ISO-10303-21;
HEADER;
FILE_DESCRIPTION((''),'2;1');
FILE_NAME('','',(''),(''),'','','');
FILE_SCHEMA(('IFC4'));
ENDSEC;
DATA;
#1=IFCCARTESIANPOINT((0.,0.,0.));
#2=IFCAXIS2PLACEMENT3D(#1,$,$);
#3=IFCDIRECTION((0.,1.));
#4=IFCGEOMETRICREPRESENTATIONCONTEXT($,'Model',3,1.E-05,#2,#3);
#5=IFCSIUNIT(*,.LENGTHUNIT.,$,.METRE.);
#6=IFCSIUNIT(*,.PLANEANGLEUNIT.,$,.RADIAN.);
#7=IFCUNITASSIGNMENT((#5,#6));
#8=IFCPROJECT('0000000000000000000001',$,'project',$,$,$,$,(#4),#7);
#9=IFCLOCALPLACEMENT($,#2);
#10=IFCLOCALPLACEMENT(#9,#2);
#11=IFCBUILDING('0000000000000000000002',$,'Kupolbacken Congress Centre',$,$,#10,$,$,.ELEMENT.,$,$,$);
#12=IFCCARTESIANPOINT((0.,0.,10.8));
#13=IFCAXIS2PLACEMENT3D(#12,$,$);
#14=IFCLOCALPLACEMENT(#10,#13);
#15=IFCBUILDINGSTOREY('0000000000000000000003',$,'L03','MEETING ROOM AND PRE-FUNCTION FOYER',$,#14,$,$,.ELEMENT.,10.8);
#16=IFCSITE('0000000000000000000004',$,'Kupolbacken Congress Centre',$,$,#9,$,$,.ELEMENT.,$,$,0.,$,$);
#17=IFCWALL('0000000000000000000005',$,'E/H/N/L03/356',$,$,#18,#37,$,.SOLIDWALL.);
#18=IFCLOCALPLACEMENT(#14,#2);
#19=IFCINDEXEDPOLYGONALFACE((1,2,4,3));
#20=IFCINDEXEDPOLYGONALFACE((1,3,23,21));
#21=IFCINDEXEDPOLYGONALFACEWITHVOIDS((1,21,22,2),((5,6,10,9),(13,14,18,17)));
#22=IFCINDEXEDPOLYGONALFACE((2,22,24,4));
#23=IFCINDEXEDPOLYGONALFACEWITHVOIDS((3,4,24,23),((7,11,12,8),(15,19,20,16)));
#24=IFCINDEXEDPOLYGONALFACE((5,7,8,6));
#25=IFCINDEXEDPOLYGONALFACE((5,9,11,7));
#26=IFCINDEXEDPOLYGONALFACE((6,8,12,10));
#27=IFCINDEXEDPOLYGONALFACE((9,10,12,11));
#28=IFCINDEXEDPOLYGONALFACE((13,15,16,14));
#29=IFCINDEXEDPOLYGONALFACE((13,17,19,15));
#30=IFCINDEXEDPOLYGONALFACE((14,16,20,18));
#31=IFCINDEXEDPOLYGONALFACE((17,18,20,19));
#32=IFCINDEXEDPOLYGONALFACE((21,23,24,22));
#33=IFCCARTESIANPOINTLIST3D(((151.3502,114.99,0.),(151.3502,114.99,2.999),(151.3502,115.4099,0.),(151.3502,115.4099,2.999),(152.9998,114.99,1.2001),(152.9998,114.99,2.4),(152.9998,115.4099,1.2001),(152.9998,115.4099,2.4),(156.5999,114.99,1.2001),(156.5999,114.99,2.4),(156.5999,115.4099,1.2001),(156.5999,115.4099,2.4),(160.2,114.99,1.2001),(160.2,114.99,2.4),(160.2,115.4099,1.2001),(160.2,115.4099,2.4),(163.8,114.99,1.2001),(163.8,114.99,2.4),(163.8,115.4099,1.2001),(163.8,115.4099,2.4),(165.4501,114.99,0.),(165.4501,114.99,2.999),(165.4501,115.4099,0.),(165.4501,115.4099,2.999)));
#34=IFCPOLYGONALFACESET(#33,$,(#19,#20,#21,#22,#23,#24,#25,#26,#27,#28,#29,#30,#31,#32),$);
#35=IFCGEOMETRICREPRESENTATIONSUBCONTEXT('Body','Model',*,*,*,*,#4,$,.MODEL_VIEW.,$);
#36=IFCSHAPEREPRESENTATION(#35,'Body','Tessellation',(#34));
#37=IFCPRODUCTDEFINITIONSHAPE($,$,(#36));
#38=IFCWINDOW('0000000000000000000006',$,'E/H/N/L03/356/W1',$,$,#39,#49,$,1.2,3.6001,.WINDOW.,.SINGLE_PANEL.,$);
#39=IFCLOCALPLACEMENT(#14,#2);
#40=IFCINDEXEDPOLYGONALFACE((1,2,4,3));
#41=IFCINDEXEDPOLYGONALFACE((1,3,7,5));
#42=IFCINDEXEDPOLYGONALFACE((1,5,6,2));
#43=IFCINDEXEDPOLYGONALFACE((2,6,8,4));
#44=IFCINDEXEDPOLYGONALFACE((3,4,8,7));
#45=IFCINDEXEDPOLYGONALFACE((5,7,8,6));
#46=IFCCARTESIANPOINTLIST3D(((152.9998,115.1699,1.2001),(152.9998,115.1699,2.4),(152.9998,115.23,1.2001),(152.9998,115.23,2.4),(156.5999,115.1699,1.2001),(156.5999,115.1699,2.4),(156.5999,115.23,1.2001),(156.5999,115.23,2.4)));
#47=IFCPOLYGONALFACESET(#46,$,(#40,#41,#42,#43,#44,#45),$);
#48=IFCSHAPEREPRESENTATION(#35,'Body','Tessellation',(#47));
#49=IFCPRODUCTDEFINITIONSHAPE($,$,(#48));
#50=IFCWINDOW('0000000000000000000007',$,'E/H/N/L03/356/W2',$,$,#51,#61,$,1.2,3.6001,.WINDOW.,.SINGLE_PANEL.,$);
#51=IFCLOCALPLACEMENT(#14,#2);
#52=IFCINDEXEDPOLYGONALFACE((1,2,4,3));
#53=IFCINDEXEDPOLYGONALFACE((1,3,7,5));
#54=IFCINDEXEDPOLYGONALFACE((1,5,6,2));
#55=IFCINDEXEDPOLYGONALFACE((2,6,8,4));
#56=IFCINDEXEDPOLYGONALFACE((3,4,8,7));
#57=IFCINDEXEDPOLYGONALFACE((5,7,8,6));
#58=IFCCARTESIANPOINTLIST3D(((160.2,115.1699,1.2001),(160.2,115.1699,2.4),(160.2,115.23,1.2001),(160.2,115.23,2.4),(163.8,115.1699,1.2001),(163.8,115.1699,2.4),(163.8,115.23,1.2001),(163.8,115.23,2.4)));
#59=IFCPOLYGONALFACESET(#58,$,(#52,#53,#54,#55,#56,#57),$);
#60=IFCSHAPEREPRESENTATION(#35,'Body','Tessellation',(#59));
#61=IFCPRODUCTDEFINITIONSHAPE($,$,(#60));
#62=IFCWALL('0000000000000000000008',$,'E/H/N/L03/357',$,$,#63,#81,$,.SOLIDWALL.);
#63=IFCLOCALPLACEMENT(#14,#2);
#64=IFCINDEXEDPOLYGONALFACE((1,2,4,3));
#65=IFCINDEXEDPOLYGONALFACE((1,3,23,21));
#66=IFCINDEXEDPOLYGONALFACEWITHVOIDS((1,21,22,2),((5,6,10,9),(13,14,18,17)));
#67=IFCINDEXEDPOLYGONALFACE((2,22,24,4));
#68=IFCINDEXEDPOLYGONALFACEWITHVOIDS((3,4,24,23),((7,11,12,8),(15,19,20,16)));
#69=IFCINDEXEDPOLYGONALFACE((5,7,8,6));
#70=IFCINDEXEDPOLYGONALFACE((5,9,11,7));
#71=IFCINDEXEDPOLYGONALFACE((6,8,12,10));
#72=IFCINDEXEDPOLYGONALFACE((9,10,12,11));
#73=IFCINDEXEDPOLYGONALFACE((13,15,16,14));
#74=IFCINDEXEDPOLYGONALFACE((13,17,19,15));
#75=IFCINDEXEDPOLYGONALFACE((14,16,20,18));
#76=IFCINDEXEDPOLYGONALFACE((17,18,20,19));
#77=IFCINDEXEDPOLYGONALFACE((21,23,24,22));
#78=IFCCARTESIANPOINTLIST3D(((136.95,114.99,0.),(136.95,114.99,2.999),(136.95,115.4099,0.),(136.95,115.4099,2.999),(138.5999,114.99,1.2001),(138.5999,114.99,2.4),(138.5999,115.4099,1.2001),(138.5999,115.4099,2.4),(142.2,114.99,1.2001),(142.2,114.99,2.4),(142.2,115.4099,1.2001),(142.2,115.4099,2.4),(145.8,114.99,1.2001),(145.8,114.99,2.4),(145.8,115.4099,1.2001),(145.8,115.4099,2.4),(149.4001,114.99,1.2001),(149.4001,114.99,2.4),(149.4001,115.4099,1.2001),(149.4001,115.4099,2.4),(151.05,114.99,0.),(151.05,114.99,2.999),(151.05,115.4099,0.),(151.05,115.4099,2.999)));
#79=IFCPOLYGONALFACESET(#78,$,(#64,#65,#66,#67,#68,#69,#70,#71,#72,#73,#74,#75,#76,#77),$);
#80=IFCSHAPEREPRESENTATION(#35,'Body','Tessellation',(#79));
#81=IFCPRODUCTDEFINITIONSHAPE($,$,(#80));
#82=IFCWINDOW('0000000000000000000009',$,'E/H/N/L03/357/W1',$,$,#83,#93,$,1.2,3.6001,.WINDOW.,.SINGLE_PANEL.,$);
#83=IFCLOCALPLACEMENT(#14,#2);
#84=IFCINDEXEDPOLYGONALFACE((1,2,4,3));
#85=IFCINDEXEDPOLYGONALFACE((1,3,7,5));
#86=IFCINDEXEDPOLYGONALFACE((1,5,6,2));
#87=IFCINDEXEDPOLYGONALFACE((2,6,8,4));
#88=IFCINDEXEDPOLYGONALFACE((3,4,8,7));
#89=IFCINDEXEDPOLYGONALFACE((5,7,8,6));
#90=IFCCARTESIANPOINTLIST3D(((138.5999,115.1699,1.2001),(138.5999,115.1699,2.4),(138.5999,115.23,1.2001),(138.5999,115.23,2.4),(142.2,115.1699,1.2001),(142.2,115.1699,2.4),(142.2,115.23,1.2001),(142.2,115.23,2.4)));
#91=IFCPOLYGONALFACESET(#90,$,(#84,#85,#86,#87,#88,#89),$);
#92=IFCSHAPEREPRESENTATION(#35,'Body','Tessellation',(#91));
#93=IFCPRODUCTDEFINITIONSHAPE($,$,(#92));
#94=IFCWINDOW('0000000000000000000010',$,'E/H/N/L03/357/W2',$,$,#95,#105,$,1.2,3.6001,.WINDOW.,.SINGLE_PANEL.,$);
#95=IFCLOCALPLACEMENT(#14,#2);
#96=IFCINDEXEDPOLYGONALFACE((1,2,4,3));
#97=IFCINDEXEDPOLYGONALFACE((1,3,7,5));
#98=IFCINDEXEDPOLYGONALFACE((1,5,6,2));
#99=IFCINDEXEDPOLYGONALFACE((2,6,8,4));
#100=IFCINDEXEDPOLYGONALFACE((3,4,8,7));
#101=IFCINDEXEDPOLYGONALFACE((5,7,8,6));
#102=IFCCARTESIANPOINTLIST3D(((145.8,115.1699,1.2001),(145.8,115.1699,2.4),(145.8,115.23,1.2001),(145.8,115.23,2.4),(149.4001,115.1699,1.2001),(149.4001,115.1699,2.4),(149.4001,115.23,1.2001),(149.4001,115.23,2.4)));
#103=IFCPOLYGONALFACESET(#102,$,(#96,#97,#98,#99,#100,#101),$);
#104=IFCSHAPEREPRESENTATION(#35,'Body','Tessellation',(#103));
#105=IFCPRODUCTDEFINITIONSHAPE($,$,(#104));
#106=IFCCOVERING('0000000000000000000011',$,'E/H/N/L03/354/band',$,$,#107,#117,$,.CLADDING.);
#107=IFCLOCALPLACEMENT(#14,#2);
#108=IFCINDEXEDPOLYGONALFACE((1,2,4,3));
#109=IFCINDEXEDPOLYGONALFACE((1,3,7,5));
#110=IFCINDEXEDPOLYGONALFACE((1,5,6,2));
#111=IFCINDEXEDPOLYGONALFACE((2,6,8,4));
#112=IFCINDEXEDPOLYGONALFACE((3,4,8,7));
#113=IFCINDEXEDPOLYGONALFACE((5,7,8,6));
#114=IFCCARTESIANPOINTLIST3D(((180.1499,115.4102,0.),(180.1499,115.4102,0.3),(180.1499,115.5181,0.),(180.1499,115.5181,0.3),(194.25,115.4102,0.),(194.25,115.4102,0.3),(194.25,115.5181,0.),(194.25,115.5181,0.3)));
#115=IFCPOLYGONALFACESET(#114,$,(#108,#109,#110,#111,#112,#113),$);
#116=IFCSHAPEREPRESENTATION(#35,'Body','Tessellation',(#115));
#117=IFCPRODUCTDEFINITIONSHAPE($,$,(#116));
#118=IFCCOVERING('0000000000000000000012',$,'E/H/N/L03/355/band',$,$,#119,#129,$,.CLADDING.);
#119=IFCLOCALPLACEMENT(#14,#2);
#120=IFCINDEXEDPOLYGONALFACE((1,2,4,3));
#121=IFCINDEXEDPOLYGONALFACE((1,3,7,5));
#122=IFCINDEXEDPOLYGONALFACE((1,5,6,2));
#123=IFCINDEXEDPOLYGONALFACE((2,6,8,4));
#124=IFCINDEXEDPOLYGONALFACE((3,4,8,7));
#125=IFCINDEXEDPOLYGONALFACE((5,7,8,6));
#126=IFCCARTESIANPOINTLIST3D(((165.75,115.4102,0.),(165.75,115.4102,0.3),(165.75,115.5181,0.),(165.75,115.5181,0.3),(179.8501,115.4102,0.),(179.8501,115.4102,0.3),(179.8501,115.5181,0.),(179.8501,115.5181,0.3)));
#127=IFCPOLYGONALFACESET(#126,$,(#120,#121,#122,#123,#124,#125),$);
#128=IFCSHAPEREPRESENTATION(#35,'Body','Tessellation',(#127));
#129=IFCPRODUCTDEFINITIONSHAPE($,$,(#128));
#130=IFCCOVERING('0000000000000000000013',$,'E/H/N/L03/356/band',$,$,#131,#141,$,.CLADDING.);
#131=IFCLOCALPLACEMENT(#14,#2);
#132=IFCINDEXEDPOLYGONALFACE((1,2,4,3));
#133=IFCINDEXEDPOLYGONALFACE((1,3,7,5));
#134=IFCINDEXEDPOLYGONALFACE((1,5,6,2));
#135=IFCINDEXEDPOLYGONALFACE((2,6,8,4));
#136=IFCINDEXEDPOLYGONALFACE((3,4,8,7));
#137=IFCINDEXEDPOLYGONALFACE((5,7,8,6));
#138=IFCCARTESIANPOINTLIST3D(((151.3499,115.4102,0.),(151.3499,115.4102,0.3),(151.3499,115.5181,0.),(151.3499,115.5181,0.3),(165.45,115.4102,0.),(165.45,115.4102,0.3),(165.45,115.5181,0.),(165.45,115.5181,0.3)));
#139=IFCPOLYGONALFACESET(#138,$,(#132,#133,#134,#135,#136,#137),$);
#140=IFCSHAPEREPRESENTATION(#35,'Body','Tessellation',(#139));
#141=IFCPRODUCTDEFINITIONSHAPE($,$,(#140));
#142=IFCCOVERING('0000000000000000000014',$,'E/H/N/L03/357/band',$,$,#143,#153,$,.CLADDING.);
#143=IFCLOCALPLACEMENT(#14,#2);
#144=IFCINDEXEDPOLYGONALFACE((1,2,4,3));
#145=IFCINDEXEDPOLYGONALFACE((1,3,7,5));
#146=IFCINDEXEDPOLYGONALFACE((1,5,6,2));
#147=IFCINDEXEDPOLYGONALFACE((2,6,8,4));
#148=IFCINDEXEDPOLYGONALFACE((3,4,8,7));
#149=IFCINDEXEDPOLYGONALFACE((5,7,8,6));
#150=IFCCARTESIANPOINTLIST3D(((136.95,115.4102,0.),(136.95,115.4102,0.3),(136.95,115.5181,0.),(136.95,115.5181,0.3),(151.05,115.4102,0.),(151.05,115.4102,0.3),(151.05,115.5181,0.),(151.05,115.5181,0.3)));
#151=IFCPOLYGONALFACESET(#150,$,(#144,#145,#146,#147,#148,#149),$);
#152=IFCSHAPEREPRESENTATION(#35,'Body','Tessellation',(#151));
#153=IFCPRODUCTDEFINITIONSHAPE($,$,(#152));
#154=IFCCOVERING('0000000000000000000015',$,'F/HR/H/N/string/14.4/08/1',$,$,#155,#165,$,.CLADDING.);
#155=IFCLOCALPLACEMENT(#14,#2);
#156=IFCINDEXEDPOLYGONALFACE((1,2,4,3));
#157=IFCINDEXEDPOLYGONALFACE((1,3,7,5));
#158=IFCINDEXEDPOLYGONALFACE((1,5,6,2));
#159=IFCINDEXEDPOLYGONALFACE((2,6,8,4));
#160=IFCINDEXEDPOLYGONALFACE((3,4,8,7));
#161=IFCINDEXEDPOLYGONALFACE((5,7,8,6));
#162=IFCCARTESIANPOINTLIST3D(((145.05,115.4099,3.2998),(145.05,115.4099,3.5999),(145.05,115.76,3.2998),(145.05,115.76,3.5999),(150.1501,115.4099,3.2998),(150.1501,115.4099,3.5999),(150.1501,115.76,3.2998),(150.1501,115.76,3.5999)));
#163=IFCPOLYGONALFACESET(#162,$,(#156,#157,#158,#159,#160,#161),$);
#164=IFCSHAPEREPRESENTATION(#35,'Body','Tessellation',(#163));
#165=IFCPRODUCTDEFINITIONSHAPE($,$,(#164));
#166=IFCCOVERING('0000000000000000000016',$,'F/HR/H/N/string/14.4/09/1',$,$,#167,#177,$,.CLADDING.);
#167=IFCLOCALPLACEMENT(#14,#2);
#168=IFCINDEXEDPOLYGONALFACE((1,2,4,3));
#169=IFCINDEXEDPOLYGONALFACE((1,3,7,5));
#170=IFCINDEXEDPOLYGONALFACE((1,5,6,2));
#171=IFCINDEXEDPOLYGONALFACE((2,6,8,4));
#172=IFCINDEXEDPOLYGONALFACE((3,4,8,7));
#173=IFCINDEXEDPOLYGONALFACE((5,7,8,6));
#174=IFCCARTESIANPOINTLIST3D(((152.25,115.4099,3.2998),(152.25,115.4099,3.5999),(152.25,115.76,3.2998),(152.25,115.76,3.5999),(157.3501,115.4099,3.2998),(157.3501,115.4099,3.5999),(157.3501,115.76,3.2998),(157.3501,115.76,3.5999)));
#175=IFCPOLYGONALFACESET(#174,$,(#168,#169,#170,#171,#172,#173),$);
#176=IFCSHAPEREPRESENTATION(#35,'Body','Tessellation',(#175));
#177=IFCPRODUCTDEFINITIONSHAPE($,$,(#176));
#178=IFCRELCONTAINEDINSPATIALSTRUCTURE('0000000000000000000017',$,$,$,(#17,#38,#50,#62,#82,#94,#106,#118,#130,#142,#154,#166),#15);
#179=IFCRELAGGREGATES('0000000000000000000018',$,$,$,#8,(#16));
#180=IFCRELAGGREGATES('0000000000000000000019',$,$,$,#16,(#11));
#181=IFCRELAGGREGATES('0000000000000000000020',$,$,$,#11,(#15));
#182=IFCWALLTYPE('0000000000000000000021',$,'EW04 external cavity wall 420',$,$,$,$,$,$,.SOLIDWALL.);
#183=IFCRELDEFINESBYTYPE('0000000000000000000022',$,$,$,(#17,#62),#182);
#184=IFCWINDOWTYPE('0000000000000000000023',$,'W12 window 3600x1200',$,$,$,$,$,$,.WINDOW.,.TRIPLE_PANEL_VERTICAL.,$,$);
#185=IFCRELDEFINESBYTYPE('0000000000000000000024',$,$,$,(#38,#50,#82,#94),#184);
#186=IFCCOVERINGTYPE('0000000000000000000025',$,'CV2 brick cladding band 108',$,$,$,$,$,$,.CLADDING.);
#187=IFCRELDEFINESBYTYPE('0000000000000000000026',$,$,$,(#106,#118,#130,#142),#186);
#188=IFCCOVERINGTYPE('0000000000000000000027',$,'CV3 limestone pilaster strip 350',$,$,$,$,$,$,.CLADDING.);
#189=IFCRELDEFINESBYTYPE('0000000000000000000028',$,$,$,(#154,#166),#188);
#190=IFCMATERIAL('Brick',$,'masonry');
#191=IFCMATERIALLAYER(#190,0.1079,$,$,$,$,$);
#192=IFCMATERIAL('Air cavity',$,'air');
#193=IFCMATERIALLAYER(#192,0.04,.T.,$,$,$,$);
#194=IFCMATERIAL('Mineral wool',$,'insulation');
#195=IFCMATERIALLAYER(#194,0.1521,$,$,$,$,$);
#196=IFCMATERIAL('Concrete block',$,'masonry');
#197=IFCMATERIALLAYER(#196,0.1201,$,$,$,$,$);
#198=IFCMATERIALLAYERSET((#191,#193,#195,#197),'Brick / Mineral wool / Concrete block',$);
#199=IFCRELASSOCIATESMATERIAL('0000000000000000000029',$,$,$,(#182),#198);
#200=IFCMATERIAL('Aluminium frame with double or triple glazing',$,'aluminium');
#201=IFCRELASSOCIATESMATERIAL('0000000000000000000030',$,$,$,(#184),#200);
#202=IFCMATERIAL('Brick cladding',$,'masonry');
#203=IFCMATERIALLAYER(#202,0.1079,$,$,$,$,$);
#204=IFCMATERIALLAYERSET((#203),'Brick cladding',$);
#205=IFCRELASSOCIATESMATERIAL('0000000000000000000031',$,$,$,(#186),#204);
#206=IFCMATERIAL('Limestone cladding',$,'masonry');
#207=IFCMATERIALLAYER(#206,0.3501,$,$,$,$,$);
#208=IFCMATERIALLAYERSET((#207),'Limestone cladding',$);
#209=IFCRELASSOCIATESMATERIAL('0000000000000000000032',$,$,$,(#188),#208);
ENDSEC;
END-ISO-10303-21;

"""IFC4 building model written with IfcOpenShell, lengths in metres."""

from ifc_helpers import new_model, si_unit, direction, frame, frame_2d, origin, origin_2d, place, context, subcontext, project, spatial, rectangle, extrude, material, layer, layer_set, type_object, element, fill, save


model = new_model("IFC4")

# Units and contexts
model_context = context("Model", 3, precision=1e-05, world=origin(), true_north=direction((0.0, 1.0)))
body_context = subcontext(model_context, "Body", "Model", "MODEL_VIEW")
ifc_project = project(units=[si_unit("LENGTHUNIT", "METRE"), si_unit("PLANEANGLEUNIT", "RADIAN")], contexts=[model_context])

# Site, building, storey
site_placement = place(None, origin())
site = spatial("IfcSite", under=ifc_project, at=site_placement, Name="Kupolbacken Congress Centre", CompositionType="ELEMENT", RefElevation=0.0)
building_placement = place(site_placement, origin())
building = spatial("IfcBuilding", under=site, at=building_placement, Name="Kupolbacken Congress Centre", CompositionType="ELEMENT")
storey_placement = place(building_placement, frame((0.0, 0.0, 10.8)))
storey = spatial("IfcBuildingStorey", under=building, at=storey_placement, Name="L03", Description="MEETING ROOM AND PRE-FUNCTION FOYER", CompositionType="ELEMENT", Elevation=10.8)

# Walls, openings, windows
ifc_material_1 = material(Name="Brick", Category="masonry")
ifc_layer_1 = layer(ifc_material_1, 0.1079)
ifc_material_2 = material(Name="Air cavity", Category="air")
ifc_layer_2 = layer(ifc_material_2, 0.04, ventilated=True)
ifc_material_3 = material(Name="Mineral wool", Category="insulation")
ifc_layer_3 = layer(ifc_material_3, 0.1521)
ifc_material_4 = material(Name="Concrete block", Category="masonry")
ifc_layer_4 = layer(ifc_material_4, 0.1201)
ifc_layer_set_1 = layer_set([ifc_layer_1, ifc_layer_2, ifc_layer_3, ifc_layer_4], Name="Brick / Mineral wool / Concrete block")
wall_type = type_object("IfcWallType", Name="EW04 external cavity wall 420", PredefinedType="SOLIDWALL", material=ifc_layer_set_1)
ifc_material_5 = material(Name="Aluminium frame with double or triple glazing", Category="aluminium")
window_type = type_object("IfcWindowType", Name="W12 window 3600x1200", PartitioningType="TRIPLE_PANEL_VERTICAL", PredefinedType="WINDOW", material=ifc_material_5)
wall_1_placement = place(storey_placement, frame((165.45, 115.2, 0.0), z_axis=(0.0, 0.0, 1.0), x_axis=(-1.0, 0.0, 0.0)))
wall_1 = element("IfcWall", 1, at=wall_1_placement, inside=storey, type_object=wall_type, Name="E/H/N/L03/356", PredefinedType="SOLIDWALL", context=body_context, shape_type="SweptSolid", body=[
    extrude(rectangle(XDim=14.0999, YDim=0.4199, at=frame_2d((7.0498, 0.0))), origin(), (0.0, 0.0, 1.0), 2.999),
])
opening_1_placement = place(wall_1_placement, frame((8.8501, 0.0, 1.2)))
opening_1 = element("IfcOpeningElement", 2, at=opening_1_placement, cuts=wall_1, PredefinedType="OPENING", context=body_context, shape_type="SweptSolid", body=[
    extrude(rectangle(XDim=3.6001, YDim=1.2, at=frame_2d((1.8, 0.6001))), frame((0.0, 0.22, 0.0), z_axis=(0.0, -1.0, 0.0), x_axis=(1.0, 0.0, 0.0)), (0.0, 0.0, 1.0), 0.4399),
])
opening_2_placement = place(wall_1_placement, frame((1.6499, 0.0, 1.2)))
opening_2 = element("IfcOpeningElement", 3, at=opening_2_placement, cuts=wall_1, PredefinedType="OPENING", context=body_context, shape_type="SweptSolid", body=[
    extrude(rectangle(XDim=3.6001, YDim=1.2, at=frame_2d((1.8, 0.6001))), frame((0.0, 0.22, 0.0), z_axis=(0.0, -1.0, 0.0), x_axis=(1.0, 0.0, 0.0)), (0.0, 0.0, 1.0), 0.4399),
])
window_1_placement = place(opening_1_placement, origin())
window_1 = element("IfcWindow", 4, at=window_1_placement, inside=storey, type_object=window_type, Name="E/H/N/L03/356/W1", OverallHeight=1.2, OverallWidth=3.6001, PartitioningType="SINGLE_PANEL", PredefinedType="WINDOW", context=body_context, shape_type="SweptSolid", body=[
    extrude(rectangle(XDim=3.6001, YDim=1.2, at=frame_2d((1.8, 0.6001))), frame((0.0, 0.03, 0.0), z_axis=(0.0, -1.0, 0.0), x_axis=(1.0, 0.0, 0.0)), (0.0, 0.0, 1.0), 0.0601),
])
fill(opening_1, window_1)
window_2_placement = place(opening_2_placement, origin())
window_2 = element("IfcWindow", 5, at=window_2_placement, inside=storey, type_object=window_type, Name="E/H/N/L03/356/W2", OverallHeight=1.2, OverallWidth=3.6001, PartitioningType="SINGLE_PANEL", PredefinedType="WINDOW", context=body_context, shape_type="SweptSolid", body=[
    extrude(rectangle(XDim=3.6001, YDim=1.2, at=frame_2d((1.8, 0.6001))), frame((0.0, 0.03, 0.0), z_axis=(0.0, -1.0, 0.0), x_axis=(1.0, 0.0, 0.0)), (0.0, 0.0, 1.0), 0.0601),
])
fill(opening_2, window_2)
wall_2_placement = place(storey_placement, frame((151.05, 115.2, 0.0), z_axis=(0.0, 0.0, 1.0), x_axis=(-1.0, 0.0, 0.0)))
wall_2 = element("IfcWall", 6, at=wall_2_placement, inside=storey, type_object=wall_type, Name="E/H/N/L03/357", PredefinedType="SOLIDWALL", context=body_context, shape_type="SweptSolid", body=[
    extrude(rectangle(XDim=14.1001, YDim=0.4199, at=frame_2d((7.05, 0.0))), origin(), (0.0, 0.0, 1.0), 2.999),
])
opening_3_placement = place(wall_2_placement, frame((8.8501, 0.0, 1.2)))
opening_3 = element("IfcOpeningElement", 7, at=opening_3_placement, cuts=wall_2, PredefinedType="OPENING", context=body_context, shape_type="SweptSolid", body=[
    extrude(rectangle(XDim=3.6001, YDim=1.2, at=frame_2d((1.8, 0.6001))), frame((0.0, 0.22, 0.0), z_axis=(0.0, -1.0, 0.0), x_axis=(1.0, 0.0, 0.0)), (0.0, 0.0, 1.0), 0.4399),
])
opening_4_placement = place(wall_2_placement, frame((1.6499, 0.0, 1.2)))
opening_4 = element("IfcOpeningElement", 8, at=opening_4_placement, cuts=wall_2, PredefinedType="OPENING", context=body_context, shape_type="SweptSolid", body=[
    extrude(rectangle(XDim=3.6001, YDim=1.2, at=frame_2d((1.8, 0.6001))), frame((0.0, 0.22, 0.0), z_axis=(0.0, -1.0, 0.0), x_axis=(1.0, 0.0, 0.0)), (0.0, 0.0, 1.0), 0.4399),
])
window_3_placement = place(opening_3_placement, origin())
window_3 = element("IfcWindow", 9, at=window_3_placement, inside=storey, type_object=window_type, Name="E/H/N/L03/357/W1", OverallHeight=1.2, OverallWidth=3.6001, PartitioningType="SINGLE_PANEL", PredefinedType="WINDOW", context=body_context, shape_type="SweptSolid", body=[
    extrude(rectangle(XDim=3.6001, YDim=1.2, at=frame_2d((1.8, 0.6001))), frame((0.0, 0.03, 0.0), z_axis=(0.0, -1.0, 0.0), x_axis=(1.0, 0.0, 0.0)), (0.0, 0.0, 1.0), 0.0601),
])
fill(opening_3, window_3)
window_4_placement = place(opening_4_placement, origin())
window_4 = element("IfcWindow", 10, at=window_4_placement, inside=storey, type_object=window_type, Name="E/H/N/L03/357/W2", OverallHeight=1.2, OverallWidth=3.6001, PartitioningType="SINGLE_PANEL", PredefinedType="WINDOW", context=body_context, shape_type="SweptSolid", body=[
    extrude(rectangle(XDim=3.6001, YDim=1.2, at=frame_2d((1.8, 0.6001))), frame((0.0, 0.03, 0.0), z_axis=(0.0, -1.0, 0.0), x_axis=(1.0, 0.0, 0.0)), (0.0, 0.0, 1.0), 0.0601),
])
fill(opening_4, window_4)

# Coverings
ifc_material_6 = material(Name="Brick cladding", Category="masonry")
ifc_layer_5 = layer(ifc_material_6, 0.1079)
ifc_layer_set_2 = layer_set([ifc_layer_5], Name="Brick cladding")
covering_type_1 = type_object("IfcCoveringType", Name="CV2 brick cladding band 108", PredefinedType="CLADDING", material=ifc_layer_set_2)
for number, where, z_axis, x_axis, name in (
    (11, (187.2, 115.4641, 0.0), (0.0, 0.0, 1.0), (-1.0, 0.0, 0.0), "E/H/N/L03/354/band"),
    (12, (172.8, 115.4641, 0.0), (0.0, 0.0, 1.0), (-1.0, 0.0, 0.0), "E/H/N/L03/355/band"),
    (13, (158.3999, 115.4641, 0.0), (0.0, 0.0, 1.0), (-1.0, 0.0, 0.0), "E/H/N/L03/356/band"),
    (14, (144.0, 115.4641, 0.0), (0.0, 0.0, 1.0), (-1.0, 0.0, 0.0), "E/H/N/L03/357/band"),
):
    element("IfcCovering", number, at=place(storey_placement, frame(where, z_axis=z_axis, x_axis=x_axis)), inside=storey, type_object=covering_type_1, Name=name, PredefinedType="CLADDING", context=body_context, shape_type="SweptSolid", body=[
        extrude(rectangle(XDim=14.1001, YDim=0.1079, at=origin_2d()), origin(), (0.0, 0.0, 1.0), 0.3),
    ])
ifc_material_7 = material(Name="Limestone cladding", Category="masonry")
ifc_layer_6 = layer(ifc_material_7, 0.3501)
ifc_layer_set_3 = layer_set([ifc_layer_6], Name="Limestone cladding")
covering_type_2 = type_object("IfcCoveringType", Name="CV3 limestone pilaster strip 350", PredefinedType="CLADDING", material=ifc_layer_set_3)
for number, where, z_axis, x_axis, name in (
    (15, (147.6001, 115.585, 3.2998), (0.0, 0.0, 1.0), (1.0, 0.0, 0.0), "F/HR/H/N/string/14.4/08/1"),
    (16, (154.8, 115.585, 3.2998), (0.0, 0.0, 1.0), (1.0, 0.0, 0.0), "F/HR/H/N/string/14.4/09/1"),
):
    element("IfcCovering", number, at=place(storey_placement, frame(where, z_axis=z_axis, x_axis=x_axis)), inside=storey, type_object=covering_type_2, Name=name, PredefinedType="CLADDING", context=body_context, shape_type="SweptSolid", body=[
        extrude(rectangle(XDim=5.1001, YDim=0.3501, at=origin_2d()), origin(), (0.0, 0.0, 1.0), 0.3),
    ])

save(model, "model.ifc")
